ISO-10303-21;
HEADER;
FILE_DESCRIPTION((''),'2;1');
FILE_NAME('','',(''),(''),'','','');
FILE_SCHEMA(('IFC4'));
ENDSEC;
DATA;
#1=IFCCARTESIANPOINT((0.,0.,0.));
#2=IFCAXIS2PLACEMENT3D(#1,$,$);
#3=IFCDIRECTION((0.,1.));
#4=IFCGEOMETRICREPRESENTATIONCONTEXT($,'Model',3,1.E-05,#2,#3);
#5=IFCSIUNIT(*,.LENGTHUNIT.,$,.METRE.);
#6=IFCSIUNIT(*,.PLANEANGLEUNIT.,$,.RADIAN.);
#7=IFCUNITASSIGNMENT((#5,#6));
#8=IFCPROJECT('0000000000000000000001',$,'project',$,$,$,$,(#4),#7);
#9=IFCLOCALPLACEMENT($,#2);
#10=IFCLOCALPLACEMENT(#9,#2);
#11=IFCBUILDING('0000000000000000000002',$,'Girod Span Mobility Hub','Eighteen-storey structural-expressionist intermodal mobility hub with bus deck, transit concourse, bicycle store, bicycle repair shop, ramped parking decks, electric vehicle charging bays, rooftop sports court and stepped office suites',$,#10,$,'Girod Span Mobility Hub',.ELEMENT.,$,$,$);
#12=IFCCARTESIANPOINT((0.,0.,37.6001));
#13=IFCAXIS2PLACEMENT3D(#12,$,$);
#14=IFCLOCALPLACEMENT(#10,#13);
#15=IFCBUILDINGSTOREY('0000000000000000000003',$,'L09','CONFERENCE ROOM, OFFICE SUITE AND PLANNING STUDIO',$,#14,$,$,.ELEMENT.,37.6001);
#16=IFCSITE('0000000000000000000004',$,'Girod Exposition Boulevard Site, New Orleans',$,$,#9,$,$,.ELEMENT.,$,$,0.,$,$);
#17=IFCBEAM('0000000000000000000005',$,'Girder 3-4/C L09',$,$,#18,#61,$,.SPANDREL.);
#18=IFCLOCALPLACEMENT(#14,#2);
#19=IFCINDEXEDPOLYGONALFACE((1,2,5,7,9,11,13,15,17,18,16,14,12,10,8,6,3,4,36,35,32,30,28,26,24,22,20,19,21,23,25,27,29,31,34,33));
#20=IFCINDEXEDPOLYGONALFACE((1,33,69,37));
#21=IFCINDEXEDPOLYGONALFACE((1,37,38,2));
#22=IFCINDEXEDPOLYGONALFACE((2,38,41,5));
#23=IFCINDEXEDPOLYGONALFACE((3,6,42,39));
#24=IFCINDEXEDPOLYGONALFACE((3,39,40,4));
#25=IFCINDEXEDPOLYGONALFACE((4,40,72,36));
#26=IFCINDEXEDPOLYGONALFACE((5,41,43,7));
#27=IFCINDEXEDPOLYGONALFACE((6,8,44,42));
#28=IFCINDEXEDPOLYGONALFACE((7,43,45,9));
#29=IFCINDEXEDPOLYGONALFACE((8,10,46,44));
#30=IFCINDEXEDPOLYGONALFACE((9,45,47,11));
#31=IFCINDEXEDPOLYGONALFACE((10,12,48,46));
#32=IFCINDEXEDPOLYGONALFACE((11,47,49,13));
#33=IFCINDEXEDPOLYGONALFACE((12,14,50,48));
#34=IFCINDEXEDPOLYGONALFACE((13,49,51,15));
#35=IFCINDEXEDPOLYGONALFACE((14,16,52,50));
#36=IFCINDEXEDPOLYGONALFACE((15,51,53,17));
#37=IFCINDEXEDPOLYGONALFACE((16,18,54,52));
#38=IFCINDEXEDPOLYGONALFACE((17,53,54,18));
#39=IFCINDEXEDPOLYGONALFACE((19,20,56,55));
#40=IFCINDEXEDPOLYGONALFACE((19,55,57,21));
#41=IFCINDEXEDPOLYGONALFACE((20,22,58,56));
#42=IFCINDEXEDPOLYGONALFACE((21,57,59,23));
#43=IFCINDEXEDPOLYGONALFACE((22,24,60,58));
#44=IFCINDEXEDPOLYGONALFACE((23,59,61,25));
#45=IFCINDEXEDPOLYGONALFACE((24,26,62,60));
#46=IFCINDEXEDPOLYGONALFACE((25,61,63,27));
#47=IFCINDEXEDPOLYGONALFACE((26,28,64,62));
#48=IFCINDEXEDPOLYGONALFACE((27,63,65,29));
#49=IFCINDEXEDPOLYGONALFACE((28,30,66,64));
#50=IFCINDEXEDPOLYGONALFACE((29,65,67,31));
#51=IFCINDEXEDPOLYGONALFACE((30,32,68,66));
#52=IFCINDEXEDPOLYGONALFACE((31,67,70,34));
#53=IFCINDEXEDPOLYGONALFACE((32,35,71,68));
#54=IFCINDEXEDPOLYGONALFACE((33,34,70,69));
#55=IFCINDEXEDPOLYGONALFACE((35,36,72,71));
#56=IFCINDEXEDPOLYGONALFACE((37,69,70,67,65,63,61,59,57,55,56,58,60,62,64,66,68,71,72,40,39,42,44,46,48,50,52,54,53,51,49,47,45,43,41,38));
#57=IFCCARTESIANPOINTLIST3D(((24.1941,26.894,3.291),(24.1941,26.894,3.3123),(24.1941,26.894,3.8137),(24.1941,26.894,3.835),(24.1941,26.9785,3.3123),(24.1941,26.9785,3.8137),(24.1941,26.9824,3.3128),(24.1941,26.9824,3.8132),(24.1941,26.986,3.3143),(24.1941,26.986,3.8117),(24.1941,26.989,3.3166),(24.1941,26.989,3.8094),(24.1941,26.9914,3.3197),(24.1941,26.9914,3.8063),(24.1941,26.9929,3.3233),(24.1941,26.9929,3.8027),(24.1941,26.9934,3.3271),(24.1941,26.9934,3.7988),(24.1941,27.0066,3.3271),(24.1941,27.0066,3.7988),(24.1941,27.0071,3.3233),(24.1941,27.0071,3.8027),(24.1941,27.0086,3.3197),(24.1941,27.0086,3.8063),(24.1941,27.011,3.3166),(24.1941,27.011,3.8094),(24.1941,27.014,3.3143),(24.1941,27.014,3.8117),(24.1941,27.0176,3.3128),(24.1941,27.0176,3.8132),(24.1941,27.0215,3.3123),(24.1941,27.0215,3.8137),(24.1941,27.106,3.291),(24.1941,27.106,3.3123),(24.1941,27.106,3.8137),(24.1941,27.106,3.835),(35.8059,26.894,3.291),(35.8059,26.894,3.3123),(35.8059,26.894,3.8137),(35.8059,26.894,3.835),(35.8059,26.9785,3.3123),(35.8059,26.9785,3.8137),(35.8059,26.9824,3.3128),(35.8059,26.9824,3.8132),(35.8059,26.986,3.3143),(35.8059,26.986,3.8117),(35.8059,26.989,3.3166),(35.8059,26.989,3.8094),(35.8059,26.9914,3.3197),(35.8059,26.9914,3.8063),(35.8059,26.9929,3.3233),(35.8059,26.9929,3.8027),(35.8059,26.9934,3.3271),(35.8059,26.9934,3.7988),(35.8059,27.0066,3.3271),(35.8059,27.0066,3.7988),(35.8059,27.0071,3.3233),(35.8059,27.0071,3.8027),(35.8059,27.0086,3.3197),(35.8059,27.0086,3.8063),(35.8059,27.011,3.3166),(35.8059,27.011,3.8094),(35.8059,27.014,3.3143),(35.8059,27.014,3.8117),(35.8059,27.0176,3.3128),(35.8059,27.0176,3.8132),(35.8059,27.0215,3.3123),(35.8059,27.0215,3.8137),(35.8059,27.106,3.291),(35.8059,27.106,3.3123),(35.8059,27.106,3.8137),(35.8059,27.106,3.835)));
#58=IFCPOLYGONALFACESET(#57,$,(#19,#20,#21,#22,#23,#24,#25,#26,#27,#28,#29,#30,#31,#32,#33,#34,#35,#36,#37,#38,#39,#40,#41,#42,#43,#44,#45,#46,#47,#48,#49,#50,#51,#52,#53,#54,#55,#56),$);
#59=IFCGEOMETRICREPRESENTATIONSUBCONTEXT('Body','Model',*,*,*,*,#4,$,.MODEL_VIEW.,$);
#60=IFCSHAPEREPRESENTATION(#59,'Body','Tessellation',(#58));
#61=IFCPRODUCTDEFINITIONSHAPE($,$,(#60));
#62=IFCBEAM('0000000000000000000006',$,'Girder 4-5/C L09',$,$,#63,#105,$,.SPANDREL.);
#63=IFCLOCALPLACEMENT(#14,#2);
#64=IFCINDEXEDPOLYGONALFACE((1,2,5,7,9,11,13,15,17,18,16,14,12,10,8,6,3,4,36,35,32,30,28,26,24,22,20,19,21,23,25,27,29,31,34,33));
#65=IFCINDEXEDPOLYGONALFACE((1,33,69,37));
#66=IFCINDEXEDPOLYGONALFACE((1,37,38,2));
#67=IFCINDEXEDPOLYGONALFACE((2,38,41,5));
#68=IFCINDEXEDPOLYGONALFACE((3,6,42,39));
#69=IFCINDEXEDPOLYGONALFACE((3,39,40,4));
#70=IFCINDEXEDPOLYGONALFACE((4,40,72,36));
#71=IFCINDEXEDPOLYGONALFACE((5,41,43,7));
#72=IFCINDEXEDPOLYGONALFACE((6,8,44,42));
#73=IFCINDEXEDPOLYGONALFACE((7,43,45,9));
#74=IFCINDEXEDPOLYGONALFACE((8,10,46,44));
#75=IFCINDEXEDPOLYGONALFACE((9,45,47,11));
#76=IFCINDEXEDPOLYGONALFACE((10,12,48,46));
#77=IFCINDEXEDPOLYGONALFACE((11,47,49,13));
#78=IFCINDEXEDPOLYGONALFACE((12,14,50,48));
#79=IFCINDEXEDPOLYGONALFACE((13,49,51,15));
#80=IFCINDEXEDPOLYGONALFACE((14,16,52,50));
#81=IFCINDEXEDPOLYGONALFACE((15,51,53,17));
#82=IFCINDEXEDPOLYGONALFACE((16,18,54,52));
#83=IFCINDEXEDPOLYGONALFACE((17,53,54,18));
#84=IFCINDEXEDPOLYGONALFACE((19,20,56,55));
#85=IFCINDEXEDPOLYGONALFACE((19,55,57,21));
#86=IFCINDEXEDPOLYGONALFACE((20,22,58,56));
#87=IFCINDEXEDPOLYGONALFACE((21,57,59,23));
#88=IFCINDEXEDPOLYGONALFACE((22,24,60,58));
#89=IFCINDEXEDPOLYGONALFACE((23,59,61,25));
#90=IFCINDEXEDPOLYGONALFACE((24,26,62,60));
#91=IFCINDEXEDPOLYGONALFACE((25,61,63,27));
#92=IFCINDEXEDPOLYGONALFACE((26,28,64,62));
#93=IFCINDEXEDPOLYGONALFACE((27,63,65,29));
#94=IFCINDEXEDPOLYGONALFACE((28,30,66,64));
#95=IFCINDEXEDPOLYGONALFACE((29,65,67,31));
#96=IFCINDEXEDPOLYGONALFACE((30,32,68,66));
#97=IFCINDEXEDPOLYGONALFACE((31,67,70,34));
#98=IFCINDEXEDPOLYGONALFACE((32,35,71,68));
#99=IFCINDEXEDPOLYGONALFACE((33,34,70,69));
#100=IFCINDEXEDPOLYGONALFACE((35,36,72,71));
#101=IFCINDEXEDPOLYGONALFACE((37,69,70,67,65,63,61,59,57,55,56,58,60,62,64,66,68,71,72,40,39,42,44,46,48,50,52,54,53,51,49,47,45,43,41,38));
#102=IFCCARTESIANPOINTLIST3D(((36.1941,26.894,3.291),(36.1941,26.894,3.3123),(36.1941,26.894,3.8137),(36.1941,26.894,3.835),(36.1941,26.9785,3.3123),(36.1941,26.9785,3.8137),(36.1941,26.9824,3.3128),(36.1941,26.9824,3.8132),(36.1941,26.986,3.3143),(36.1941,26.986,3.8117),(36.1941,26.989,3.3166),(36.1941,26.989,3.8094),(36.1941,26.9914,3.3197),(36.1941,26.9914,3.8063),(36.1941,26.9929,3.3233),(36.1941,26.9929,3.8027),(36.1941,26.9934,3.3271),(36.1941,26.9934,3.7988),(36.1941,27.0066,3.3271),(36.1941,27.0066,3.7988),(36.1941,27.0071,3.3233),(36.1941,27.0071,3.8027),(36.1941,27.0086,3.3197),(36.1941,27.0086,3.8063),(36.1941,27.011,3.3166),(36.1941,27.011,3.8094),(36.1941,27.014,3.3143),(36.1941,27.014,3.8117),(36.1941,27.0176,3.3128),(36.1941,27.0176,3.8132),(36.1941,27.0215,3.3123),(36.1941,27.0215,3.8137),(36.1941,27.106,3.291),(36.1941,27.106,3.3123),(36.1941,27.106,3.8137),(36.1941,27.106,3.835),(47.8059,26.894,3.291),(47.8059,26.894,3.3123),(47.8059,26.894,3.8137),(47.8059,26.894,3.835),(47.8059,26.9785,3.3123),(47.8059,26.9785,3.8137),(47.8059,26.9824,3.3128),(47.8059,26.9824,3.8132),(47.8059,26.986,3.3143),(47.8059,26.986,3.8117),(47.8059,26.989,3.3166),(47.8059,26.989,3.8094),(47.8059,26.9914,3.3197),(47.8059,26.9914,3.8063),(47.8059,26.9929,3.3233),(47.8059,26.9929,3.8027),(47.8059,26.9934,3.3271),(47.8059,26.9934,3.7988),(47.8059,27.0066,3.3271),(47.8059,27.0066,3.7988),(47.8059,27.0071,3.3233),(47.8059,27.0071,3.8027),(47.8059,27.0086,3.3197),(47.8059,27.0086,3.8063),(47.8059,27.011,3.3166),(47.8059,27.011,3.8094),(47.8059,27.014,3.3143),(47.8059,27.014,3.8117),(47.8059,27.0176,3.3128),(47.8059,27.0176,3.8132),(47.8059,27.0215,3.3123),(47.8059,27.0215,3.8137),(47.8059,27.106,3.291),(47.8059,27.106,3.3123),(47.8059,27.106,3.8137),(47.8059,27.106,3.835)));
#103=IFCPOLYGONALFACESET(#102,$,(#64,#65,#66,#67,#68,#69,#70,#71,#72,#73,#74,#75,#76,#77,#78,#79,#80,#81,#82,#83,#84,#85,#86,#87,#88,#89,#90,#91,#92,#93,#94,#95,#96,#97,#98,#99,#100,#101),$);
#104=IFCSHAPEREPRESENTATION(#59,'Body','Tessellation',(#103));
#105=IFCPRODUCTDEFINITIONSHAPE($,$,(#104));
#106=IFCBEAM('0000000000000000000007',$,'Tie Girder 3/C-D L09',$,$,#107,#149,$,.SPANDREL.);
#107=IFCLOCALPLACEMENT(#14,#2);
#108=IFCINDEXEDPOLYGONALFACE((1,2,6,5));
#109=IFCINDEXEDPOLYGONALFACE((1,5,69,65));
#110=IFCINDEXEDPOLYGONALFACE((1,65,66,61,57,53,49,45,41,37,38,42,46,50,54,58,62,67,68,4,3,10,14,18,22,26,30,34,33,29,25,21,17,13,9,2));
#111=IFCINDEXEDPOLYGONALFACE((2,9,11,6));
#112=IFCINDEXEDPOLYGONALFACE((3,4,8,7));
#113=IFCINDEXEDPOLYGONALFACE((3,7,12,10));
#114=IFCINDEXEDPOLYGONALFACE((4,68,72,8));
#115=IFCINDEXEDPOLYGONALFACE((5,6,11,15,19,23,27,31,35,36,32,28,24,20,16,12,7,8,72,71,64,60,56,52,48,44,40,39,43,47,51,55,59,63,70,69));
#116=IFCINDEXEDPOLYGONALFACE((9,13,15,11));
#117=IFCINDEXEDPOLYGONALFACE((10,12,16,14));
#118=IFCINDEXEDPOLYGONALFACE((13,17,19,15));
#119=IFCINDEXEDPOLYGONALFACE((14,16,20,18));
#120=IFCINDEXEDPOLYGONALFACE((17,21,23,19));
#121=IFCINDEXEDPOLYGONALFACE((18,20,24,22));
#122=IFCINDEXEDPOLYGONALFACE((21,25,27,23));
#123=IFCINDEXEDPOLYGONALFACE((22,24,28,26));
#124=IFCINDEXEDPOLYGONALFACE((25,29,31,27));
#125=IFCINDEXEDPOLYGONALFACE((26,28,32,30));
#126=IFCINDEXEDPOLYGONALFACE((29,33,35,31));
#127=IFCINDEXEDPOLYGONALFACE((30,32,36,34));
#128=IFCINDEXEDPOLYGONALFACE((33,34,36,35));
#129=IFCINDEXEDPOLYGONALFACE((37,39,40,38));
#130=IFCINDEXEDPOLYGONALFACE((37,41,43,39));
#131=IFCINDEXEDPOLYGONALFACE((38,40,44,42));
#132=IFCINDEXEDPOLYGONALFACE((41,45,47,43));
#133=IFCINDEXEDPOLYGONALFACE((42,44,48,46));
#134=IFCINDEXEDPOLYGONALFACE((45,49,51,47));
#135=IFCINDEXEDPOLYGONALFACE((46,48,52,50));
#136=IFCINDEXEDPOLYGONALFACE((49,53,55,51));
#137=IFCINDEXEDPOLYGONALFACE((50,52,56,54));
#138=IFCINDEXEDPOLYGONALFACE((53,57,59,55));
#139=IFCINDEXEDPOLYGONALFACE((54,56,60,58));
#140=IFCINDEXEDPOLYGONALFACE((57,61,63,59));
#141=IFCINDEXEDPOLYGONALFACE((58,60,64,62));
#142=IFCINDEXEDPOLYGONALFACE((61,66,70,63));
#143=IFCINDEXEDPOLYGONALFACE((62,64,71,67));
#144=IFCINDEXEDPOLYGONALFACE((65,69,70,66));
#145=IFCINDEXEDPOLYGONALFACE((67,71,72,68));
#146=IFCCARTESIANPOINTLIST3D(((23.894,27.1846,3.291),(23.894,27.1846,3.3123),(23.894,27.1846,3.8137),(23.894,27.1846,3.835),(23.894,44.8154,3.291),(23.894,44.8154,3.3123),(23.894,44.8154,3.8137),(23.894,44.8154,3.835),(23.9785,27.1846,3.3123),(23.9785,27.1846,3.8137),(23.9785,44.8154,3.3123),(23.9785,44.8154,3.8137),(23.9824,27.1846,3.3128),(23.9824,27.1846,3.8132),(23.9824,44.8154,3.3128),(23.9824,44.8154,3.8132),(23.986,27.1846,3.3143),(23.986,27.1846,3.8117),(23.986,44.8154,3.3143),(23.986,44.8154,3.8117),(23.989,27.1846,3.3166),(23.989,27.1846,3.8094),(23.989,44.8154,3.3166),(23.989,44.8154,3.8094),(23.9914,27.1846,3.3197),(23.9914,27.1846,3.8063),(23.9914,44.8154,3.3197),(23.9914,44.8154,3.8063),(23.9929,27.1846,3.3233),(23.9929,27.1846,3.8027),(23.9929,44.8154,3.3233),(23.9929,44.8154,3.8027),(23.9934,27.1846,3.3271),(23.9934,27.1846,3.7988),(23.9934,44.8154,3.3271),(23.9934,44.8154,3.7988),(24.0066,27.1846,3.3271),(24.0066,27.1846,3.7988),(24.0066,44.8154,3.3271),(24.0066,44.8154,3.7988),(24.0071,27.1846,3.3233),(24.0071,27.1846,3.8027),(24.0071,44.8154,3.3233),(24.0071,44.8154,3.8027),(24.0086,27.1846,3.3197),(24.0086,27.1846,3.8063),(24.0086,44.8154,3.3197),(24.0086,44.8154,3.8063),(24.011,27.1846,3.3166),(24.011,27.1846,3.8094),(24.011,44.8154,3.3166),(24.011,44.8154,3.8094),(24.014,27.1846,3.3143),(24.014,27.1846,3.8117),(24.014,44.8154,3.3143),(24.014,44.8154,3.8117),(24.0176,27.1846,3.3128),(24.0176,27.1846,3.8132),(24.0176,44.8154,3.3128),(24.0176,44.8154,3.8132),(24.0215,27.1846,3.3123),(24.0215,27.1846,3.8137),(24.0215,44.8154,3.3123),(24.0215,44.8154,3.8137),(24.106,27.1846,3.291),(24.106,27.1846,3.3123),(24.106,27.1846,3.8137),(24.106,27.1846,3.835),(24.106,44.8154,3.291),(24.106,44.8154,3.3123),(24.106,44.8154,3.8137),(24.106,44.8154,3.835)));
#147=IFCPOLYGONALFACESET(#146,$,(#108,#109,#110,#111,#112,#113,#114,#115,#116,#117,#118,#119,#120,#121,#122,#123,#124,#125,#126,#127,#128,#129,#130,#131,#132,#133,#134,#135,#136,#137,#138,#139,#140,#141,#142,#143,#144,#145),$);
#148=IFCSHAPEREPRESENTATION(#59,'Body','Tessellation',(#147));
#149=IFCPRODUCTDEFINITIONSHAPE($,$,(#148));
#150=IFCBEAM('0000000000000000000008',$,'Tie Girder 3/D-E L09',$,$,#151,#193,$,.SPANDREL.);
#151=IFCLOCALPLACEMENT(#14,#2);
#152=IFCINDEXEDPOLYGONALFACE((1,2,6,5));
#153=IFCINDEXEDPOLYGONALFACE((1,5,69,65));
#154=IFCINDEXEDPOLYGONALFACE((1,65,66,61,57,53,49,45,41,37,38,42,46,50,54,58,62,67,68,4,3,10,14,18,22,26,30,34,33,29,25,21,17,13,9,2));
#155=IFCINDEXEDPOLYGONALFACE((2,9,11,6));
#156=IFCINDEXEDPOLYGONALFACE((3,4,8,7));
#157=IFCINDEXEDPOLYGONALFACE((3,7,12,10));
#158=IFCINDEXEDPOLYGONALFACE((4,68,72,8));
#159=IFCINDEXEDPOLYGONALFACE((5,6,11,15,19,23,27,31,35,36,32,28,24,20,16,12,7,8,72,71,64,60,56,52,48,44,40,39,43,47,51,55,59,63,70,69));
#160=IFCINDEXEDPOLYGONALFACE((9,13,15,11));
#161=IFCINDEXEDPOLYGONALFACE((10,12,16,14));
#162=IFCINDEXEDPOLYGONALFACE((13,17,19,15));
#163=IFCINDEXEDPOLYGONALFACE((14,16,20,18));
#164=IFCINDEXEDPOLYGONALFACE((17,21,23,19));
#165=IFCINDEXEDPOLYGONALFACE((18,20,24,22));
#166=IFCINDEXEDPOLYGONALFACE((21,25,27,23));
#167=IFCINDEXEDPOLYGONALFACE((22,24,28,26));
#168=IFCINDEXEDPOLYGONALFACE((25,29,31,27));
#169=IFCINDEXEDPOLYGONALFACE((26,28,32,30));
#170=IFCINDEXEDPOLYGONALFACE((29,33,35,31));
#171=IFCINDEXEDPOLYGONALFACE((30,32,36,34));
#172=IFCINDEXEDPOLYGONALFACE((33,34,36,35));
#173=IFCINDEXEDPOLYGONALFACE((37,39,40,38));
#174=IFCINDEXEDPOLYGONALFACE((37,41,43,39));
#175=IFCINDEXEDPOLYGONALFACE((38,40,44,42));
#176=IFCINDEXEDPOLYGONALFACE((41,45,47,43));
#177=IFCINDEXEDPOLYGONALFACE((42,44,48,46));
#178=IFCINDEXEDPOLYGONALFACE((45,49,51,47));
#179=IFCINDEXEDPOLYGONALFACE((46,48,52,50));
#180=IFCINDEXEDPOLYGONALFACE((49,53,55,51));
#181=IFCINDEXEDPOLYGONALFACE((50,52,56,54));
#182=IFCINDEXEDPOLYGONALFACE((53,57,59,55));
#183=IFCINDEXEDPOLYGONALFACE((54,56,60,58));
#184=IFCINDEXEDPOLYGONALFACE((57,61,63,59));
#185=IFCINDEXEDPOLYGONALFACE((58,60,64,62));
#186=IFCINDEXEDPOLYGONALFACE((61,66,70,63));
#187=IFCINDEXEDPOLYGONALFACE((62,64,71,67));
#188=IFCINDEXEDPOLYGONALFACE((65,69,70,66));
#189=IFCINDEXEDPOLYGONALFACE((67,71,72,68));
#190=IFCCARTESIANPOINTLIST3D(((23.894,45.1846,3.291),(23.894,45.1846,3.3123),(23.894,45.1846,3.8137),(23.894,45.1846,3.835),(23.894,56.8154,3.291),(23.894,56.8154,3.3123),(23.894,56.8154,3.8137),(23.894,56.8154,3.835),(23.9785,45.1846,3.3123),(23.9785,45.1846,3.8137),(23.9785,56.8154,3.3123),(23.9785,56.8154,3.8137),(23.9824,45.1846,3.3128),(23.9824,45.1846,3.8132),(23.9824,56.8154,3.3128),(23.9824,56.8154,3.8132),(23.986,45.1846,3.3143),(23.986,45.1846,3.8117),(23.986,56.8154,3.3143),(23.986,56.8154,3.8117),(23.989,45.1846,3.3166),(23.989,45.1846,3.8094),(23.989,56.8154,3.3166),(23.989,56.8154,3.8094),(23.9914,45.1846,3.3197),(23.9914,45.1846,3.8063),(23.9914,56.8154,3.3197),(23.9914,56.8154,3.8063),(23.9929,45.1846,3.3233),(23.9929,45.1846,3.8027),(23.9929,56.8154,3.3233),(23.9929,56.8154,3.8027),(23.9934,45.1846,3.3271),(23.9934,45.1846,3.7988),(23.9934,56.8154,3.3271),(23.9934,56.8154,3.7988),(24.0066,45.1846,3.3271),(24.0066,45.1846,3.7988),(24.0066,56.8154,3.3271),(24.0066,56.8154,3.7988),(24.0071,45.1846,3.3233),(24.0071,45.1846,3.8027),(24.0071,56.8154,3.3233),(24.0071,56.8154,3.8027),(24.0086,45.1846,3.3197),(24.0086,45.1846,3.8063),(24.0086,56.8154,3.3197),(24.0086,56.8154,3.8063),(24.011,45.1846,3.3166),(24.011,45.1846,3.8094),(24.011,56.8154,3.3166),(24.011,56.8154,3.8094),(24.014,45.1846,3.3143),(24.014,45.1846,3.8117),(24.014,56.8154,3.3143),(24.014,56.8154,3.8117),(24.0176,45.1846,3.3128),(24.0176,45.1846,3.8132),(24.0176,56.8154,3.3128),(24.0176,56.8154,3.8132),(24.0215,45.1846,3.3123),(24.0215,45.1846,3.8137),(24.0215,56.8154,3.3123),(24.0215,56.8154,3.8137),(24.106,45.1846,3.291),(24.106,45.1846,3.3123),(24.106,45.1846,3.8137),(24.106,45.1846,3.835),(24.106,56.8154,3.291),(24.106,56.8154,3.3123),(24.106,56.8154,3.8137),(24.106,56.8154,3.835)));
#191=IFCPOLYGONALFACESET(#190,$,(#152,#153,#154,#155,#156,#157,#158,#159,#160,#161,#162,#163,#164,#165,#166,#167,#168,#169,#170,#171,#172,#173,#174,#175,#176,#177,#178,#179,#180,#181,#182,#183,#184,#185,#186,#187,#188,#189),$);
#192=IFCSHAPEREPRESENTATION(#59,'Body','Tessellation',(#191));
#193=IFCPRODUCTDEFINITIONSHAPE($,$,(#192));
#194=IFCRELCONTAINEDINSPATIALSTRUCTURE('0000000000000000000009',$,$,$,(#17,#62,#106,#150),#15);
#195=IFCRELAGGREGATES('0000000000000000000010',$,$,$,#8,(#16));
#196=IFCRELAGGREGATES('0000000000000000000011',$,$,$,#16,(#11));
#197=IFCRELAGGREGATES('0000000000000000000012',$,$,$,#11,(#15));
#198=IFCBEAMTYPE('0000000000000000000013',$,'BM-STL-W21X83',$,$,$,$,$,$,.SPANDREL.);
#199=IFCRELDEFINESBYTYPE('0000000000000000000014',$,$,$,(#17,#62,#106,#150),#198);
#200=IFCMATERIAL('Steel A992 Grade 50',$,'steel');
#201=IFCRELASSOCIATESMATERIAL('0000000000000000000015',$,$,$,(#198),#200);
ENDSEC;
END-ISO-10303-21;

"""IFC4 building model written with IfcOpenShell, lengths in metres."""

from ifc_helpers import new_model, si_unit, direction, frame, origin, origin_2d, place, context, subcontext, project, spatial, i_section, extrude, material, material_profile, profile_set, type_object, element, save


model = new_model("IFC4")

# Units and contexts
model_context = context("Model", 3, precision=1e-05, world=origin(), true_north=direction((0.0, 1.0)))
body_context = subcontext(model_context, "Body", "Model", "MODEL_VIEW")
ifc_project = project(units=[si_unit("LENGTHUNIT", "METRE"), si_unit("PLANEANGLEUNIT", "RADIAN")], contexts=[model_context])

# Site, building, storey
site_placement = place(None, origin())
site = spatial("IfcSite", under=ifc_project, at=site_placement, Name="Girod Exposition Boulevard Site, New Orleans", CompositionType="ELEMENT", RefElevation=0.0)
building_placement = place(site_placement, origin())
building = spatial("IfcBuilding", under=site, at=building_placement, Name="Girod Span Mobility Hub", Description="Eighteen-storey structural-expressionist intermodal mobility hub with bus deck, transit concourse, bicycle store, bicycle repair shop, ramped parking decks, electric vehicle charging bays, rooftop sports court and stepped office suites", LongName="Girod Span Mobility Hub", CompositionType="ELEMENT")
storey_placement = place(building_placement, frame((0.0, 0.0, 37.6001)))
storey = spatial("IfcBuildingStorey", under=building, at=storey_placement, Name="L09", Description="CONFERENCE ROOM, OFFICE SUITE AND PLANNING STUDIO", CompositionType="ELEMENT", Elevation=37.6001)

# Beams
ifc_material_1 = material(Name="Steel A992 Grade 50", Category="steel")
ifc_material_profile_1 = material_profile(ifc_material_1, i_section(OverallWidth=0.2119, OverallDepth=0.5439, WebThickness=0.0132, FlangeThickness=0.0212, FilletRadius=0.0149, at=origin_2d()), Name="W21X83")
ifc_profile_set_1 = profile_set([ifc_material_profile_1], Name="Steel A992 Grade 50")
beam_type_1 = type_object("IfcBeamType", Name="BM-STL-W21X83", PredefinedType="SPANDREL", material=ifc_profile_set_1)
for number, where, z_axis, x_axis, name in (
    (1, (24.1941, 27.0, 3.563), (1.0, 0.0, 0.0), (0.0, 1.0, 0.0), "Girder 3-4/C L09"),
    (2, (36.1941, 27.0, 3.563), (1.0, 0.0, 0.0), (0.0, 1.0, 0.0), "Girder 4-5/C L09"),
):
    element("IfcBeam", number, at=place(storey_placement, frame(where, z_axis=z_axis, x_axis=x_axis)), inside=storey, type_object=beam_type_1, Name=name, PredefinedType="SPANDREL", context=body_context, shape_type="SweptSolid", body=[
        extrude(i_section(OverallWidth=0.2119, OverallDepth=0.5439, WebThickness=0.0132, FlangeThickness=0.0212, FilletRadius=0.0149, at=origin_2d()), origin(), (0.0, 0.0, 1.0), 11.6118),
    ])
beam_1_placement = place(storey_placement, frame((24.0, 27.1846, 3.563), z_axis=(0.0, 1.0, 0.0), x_axis=(-1.0, 0.0, 0.0)))
element("IfcBeam", 3, at=beam_1_placement, inside=storey, type_object=beam_type_1, Name="Tie Girder 3/C-D L09", PredefinedType="SPANDREL", context=body_context, shape_type="SweptSolid", body=[
    extrude(i_section(OverallWidth=0.2119, OverallDepth=0.5439, WebThickness=0.0132, FlangeThickness=0.0212, FilletRadius=0.0149, at=origin_2d()), origin(), (0.0, 0.0, 1.0), 17.6309),
])
beam_2_placement = place(storey_placement, frame((24.0, 45.1846, 3.563), z_axis=(0.0, 1.0, 0.0), x_axis=(-1.0, 0.0, 0.0)))
element("IfcBeam", 4, at=beam_2_placement, inside=storey, type_object=beam_type_1, Name="Tie Girder 3/D-E L09", PredefinedType="SPANDREL", context=body_context, shape_type="SweptSolid", body=[
    extrude(i_section(OverallWidth=0.2119, OverallDepth=0.5439, WebThickness=0.0132, FlangeThickness=0.0212, FilletRadius=0.0149, at=origin_2d()), origin(), (0.0, 0.0, 1.0), 11.6309),
])

save(model, "model.ifc")
